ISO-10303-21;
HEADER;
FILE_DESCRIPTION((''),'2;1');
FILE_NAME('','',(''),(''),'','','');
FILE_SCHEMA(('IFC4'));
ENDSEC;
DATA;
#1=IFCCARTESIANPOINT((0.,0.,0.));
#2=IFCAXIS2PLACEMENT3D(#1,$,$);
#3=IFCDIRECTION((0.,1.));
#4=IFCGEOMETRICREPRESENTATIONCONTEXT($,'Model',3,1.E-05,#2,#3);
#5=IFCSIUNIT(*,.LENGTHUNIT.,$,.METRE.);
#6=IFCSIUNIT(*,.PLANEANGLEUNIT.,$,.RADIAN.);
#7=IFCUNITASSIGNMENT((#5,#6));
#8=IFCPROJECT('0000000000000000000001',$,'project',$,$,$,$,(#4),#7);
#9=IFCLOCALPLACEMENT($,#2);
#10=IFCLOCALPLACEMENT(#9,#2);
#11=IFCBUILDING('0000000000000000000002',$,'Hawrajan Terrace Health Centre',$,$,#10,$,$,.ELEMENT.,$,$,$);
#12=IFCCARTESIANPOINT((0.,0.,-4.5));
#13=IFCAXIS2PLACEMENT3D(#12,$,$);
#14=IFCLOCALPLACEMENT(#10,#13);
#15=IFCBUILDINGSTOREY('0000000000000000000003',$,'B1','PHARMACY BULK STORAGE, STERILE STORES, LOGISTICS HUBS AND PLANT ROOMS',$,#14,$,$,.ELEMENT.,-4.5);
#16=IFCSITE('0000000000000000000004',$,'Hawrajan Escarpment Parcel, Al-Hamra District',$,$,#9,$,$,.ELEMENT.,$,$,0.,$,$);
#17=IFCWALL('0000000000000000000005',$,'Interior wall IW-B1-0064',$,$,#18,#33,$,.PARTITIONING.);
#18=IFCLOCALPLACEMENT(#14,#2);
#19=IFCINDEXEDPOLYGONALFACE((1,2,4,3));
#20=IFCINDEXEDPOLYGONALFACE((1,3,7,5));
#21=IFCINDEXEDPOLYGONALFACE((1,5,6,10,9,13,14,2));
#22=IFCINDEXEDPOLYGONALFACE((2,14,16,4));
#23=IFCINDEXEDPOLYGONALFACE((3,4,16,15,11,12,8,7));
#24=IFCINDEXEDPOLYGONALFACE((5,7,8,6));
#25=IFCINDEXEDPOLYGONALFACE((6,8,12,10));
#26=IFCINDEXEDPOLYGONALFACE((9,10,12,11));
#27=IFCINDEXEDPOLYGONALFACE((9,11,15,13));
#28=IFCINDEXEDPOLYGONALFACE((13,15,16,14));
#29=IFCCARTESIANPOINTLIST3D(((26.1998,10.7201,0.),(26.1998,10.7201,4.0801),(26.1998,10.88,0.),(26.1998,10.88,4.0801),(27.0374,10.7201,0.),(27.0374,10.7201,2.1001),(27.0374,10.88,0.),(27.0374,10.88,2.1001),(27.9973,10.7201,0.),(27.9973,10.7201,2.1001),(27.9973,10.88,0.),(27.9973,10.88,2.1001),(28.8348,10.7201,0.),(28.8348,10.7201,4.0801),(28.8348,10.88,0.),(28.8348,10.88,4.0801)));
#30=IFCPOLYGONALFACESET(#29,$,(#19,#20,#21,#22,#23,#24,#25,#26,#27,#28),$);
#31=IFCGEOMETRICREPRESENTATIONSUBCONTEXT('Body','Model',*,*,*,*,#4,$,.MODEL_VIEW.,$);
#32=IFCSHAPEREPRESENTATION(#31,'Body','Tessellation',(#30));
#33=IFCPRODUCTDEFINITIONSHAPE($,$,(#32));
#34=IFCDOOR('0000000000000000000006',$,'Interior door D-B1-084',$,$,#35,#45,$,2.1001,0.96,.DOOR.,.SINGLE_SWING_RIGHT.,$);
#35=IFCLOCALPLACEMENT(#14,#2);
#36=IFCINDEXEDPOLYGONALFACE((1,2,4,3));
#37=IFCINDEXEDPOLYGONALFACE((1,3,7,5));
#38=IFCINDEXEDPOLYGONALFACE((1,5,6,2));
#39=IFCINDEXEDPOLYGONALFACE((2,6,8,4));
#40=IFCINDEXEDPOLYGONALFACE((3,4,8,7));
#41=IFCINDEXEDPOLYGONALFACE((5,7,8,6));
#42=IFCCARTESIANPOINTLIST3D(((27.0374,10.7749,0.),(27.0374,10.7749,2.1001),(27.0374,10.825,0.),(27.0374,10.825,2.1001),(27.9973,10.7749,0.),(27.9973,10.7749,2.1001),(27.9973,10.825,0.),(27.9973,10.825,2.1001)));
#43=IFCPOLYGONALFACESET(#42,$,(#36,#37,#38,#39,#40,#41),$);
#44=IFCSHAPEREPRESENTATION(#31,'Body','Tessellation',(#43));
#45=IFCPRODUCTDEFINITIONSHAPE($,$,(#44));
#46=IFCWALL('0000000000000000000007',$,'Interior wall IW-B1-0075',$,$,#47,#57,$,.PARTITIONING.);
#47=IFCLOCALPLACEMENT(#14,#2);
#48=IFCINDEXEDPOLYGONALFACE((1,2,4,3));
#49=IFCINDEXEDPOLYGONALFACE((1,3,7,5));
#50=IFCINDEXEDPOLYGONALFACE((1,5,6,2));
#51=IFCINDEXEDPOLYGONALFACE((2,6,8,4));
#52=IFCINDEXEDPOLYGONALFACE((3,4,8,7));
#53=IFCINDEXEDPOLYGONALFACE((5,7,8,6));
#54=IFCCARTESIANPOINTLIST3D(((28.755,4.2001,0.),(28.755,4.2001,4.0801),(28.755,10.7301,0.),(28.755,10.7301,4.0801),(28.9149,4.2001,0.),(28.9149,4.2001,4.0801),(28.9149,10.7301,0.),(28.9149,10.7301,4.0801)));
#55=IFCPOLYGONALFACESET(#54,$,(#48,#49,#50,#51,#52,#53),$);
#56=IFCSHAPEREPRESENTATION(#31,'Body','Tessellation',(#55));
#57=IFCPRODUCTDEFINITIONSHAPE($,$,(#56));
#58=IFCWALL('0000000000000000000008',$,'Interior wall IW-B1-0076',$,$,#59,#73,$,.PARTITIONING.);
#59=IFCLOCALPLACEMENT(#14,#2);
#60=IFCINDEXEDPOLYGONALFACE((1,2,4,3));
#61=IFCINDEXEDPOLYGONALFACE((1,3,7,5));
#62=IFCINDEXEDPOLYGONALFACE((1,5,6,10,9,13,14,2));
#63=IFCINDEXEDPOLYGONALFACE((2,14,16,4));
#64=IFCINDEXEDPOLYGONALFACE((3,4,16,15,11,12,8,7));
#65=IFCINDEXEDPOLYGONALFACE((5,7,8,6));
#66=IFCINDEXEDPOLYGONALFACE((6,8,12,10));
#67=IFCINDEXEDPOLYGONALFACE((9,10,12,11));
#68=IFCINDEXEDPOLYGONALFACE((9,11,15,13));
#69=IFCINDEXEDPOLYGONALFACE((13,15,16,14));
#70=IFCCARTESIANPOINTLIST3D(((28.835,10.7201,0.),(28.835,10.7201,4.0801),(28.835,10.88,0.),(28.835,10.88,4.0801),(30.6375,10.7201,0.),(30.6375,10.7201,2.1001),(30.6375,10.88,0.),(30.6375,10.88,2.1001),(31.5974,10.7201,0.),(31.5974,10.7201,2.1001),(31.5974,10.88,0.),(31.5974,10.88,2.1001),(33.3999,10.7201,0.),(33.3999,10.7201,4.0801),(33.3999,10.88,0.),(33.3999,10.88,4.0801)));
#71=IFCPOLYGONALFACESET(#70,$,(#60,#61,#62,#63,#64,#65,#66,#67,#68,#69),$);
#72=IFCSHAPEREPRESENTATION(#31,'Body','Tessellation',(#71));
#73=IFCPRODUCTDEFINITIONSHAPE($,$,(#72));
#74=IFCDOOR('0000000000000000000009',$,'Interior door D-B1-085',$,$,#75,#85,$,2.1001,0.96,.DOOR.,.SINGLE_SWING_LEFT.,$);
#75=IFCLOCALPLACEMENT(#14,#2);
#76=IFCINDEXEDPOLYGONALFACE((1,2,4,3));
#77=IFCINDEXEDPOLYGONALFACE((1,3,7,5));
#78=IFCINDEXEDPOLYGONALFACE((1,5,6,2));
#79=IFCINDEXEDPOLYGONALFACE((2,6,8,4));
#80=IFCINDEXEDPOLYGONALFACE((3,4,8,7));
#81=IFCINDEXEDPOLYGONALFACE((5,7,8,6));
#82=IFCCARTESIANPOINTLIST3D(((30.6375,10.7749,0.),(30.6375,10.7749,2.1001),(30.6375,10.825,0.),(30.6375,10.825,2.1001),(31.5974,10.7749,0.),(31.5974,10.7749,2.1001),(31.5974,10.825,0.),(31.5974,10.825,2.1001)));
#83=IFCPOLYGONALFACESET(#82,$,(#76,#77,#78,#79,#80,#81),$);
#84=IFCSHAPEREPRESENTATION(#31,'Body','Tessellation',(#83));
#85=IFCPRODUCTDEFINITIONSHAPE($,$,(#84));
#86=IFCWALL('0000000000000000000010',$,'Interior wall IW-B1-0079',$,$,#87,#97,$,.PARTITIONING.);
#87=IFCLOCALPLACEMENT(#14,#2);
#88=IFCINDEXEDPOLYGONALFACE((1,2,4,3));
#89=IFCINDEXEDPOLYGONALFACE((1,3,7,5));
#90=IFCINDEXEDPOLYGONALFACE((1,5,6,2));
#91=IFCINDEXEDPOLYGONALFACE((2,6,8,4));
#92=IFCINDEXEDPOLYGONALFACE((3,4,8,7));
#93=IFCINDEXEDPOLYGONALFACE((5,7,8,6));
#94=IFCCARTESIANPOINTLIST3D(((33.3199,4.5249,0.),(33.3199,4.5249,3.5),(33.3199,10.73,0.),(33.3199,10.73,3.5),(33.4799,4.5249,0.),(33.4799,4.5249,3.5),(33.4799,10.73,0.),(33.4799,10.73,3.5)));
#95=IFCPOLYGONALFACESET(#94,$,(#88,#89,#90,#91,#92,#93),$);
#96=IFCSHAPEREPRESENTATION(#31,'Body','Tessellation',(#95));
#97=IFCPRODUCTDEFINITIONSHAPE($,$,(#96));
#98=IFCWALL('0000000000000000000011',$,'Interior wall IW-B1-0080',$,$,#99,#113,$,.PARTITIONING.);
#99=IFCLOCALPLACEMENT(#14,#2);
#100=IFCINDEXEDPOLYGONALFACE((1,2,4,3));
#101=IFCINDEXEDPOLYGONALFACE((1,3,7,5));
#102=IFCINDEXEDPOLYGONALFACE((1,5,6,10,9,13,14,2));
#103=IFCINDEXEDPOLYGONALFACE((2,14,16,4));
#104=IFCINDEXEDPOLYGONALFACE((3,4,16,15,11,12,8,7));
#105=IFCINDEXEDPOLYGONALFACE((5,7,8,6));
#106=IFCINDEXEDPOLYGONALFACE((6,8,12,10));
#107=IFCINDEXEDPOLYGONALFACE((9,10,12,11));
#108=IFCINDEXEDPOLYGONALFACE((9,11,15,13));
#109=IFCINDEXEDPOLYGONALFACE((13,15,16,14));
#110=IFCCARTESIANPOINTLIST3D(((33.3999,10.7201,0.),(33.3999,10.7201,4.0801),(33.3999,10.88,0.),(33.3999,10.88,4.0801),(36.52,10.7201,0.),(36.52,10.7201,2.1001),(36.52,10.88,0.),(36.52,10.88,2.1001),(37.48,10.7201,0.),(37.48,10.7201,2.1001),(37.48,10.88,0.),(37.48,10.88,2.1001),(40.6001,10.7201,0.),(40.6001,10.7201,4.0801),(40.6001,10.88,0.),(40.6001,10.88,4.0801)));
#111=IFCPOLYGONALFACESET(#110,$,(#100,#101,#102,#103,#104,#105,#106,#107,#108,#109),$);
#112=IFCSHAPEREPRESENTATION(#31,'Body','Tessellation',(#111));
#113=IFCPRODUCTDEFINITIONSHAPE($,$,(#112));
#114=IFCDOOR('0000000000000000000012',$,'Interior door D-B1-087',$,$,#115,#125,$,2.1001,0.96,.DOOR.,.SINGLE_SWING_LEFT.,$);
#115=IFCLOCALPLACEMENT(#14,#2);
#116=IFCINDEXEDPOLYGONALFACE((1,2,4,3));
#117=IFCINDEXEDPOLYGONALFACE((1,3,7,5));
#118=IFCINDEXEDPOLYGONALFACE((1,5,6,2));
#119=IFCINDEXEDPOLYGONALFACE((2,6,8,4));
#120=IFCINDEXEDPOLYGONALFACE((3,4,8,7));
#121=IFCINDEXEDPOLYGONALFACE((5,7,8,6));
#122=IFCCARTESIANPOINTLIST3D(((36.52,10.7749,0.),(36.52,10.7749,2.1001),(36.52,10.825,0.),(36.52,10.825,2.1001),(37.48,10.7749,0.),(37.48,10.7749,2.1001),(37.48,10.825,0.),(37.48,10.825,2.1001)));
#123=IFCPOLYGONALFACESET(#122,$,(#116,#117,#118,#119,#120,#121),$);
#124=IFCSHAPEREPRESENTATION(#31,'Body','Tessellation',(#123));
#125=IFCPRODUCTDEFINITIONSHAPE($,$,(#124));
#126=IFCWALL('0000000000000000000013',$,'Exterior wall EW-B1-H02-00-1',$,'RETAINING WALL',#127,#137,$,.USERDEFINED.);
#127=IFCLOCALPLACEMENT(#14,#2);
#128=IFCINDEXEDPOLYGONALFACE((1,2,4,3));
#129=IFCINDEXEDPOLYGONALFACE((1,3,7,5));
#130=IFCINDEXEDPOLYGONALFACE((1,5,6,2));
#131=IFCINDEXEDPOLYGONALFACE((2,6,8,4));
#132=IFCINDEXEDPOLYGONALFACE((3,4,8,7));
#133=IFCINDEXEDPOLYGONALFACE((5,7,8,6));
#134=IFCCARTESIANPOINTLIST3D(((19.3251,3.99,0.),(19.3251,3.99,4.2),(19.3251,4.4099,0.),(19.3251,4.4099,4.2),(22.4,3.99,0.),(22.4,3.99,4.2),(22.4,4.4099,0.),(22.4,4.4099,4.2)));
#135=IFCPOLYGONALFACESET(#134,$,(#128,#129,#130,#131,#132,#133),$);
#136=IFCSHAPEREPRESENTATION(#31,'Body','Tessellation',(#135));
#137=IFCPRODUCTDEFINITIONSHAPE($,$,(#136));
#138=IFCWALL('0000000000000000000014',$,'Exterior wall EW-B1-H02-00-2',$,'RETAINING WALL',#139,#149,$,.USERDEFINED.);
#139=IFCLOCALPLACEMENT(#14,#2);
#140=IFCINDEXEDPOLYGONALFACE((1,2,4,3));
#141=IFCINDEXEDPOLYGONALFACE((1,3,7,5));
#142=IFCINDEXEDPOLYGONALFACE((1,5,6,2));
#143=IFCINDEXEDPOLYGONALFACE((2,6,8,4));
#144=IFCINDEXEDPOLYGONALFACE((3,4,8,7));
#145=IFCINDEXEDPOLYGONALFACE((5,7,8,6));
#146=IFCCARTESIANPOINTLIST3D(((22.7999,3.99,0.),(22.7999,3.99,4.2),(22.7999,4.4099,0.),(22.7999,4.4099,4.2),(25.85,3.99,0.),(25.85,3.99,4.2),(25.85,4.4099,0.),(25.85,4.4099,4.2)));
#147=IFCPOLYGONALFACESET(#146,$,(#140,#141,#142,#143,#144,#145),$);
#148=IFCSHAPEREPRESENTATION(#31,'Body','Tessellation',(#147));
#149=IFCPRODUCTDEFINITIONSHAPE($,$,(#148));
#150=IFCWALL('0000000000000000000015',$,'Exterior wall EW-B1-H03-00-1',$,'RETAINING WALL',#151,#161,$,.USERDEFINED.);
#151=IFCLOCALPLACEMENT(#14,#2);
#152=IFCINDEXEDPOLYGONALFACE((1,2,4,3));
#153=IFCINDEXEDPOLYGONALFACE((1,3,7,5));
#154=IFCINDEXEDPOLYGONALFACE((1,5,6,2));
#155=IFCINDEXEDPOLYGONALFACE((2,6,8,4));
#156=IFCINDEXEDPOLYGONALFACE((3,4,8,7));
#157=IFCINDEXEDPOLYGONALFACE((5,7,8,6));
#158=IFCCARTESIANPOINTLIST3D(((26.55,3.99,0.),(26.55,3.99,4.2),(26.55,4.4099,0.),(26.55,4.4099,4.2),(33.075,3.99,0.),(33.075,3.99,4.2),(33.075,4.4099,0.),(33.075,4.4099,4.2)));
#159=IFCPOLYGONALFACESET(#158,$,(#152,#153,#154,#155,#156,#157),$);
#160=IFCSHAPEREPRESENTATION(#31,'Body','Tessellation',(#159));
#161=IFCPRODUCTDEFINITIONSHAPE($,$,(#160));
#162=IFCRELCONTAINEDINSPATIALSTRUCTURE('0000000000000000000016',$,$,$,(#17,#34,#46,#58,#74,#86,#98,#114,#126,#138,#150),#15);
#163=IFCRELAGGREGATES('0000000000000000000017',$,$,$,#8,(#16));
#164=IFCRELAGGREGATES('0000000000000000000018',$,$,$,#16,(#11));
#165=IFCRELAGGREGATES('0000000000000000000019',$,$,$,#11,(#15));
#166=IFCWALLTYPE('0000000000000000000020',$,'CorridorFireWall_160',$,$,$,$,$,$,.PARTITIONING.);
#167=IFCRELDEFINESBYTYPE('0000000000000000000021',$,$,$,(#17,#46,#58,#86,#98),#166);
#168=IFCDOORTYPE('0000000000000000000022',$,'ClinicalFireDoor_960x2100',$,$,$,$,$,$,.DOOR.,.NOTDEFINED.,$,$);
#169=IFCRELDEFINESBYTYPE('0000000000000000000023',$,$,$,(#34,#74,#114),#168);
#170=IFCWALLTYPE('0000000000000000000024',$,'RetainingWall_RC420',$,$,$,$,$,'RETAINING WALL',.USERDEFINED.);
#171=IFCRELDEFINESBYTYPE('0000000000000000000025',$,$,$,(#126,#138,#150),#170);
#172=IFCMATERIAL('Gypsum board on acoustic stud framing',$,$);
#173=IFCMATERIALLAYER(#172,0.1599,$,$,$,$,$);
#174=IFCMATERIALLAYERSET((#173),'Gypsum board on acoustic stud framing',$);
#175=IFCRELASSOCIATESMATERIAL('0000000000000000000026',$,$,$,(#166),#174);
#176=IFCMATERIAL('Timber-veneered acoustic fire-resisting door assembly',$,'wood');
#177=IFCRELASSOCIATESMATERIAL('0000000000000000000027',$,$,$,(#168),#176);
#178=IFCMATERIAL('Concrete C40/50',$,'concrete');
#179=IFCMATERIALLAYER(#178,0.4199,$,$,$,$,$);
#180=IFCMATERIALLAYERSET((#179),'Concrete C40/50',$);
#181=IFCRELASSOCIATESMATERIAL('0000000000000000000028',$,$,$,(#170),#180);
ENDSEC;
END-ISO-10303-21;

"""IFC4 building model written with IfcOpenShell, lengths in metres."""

from ifc_helpers import new_model, si_unit, direction, frame, frame_2d, origin, place, context, subcontext, project, spatial, rectangle, extrude, material, layer, layer_set, type_object, element, fill, save


model = new_model("IFC4")

# Units and contexts
model_context = context("Model", 3, precision=1e-05, world=origin(), true_north=direction((0.0, 1.0)))
body_context = subcontext(model_context, "Body", "Model", "MODEL_VIEW")
ifc_project = project(units=[si_unit("LENGTHUNIT", "METRE"), si_unit("PLANEANGLEUNIT", "RADIAN")], contexts=[model_context])

# Site, building, storey
site_placement = place(None, origin())
site = spatial("IfcSite", under=ifc_project, at=site_placement, Name="Hawrajan Escarpment Parcel, Al-Hamra District", CompositionType="ELEMENT", RefElevation=0.0)
building_placement = place(site_placement, origin())
building = spatial("IfcBuilding", under=site, at=building_placement, Name="Hawrajan Terrace Health Centre", CompositionType="ELEMENT")
storey_placement = place(building_placement, frame((0.0, 0.0, -4.5)))
storey = spatial("IfcBuildingStorey", under=building, at=storey_placement, Name="B1", Description="PHARMACY BULK STORAGE, STERILE STORES, LOGISTICS HUBS AND PLANT ROOMS", CompositionType="ELEMENT", Elevation=-4.5)

# Shared definitions
ifc_material_1 = material(Name="Concrete C40/50", Category="concrete")

# Shared definitions
ifc_material_2 = material(Name="Gypsum board on acoustic stud framing")
ifc_layer_1 = layer(ifc_material_2, 0.1599)
ifc_layer_set_1 = layer_set([ifc_layer_1], Name="Gypsum board on acoustic stud framing")
wall_type_1 = type_object("IfcWallType", Name="CorridorFireWall_160", PredefinedType="PARTITIONING", material=ifc_layer_set_1)

# Shared definitions
ifc_material_3 = material(Name="Timber-veneered acoustic fire-resisting door assembly", Category="wood")
door_type = type_object("IfcDoorType", Name="ClinicalFireDoor_960x2100", OperationType="NOTDEFINED", PredefinedType="DOOR", material=ifc_material_3)

# Wall, opening, door
wall_1_placement = place(storey_placement, frame((26.2, 10.8, 0.0), z_axis=(0.0, 0.0, 1.0), x_axis=(1.0, 0.0, 0.0)))
wall_1 = element("IfcWall", 1, at=wall_1_placement, inside=storey, type_object=wall_type_1, Name="Interior wall IW-B1-0064", PredefinedType="PARTITIONING", context=body_context, shape_type="SweptSolid", body=[
    extrude(rectangle(XDim=2.635, YDim=0.1599, at=frame_2d((1.3174, 0.0))), origin(), (0.0, 0.0, 1.0), 4.0801),
])
opening_1_placement = place(wall_1_placement, frame((0.8374, 0.0, 0.0)))
opening_1 = element("IfcOpeningElement", 2, at=opening_1_placement, cuts=wall_1, PredefinedType="OPENING", context=body_context, shape_type="SweptSolid", body=[
    extrude(rectangle(XDim=0.96, YDim=2.1001, at=frame_2d((0.48, 1.05))), frame((0.0, 0.0898, 0.0), z_axis=(0.0, -1.0, 0.0), x_axis=(1.0, 0.0, 0.0)), (0.0, 0.0, 1.0), 0.1799),
])
door_1_placement = place(opening_1_placement, origin())
door_1 = element("IfcDoor", 3, at=door_1_placement, inside=storey, type_object=door_type, Name="Interior door D-B1-084", OperationType="SINGLE_SWING_RIGHT", OverallHeight=2.1001, OverallWidth=0.96, PredefinedType="DOOR", context=body_context, shape_type="SweptSolid", body=[
    extrude(rectangle(XDim=0.96, YDim=2.1001, at=frame_2d((0.48, 1.05))), frame((0.0, 0.0249, 0.0), z_axis=(0.0, -1.0, 0.0), x_axis=(1.0, 0.0, 0.0)), (0.0, 0.0, 1.0), 0.05),
])
fill(opening_1, door_1)

# Wall
wall_2_placement = place(storey_placement, frame((28.835, 4.2, 0.0), z_axis=(0.0, 0.0, 1.0), x_axis=(0.0, 1.0, 0.0)))
element("IfcWall", 4, at=wall_2_placement, inside=storey, type_object=wall_type_1, Name="Interior wall IW-B1-0075", PredefinedType="PARTITIONING", context=body_context, shape_type="SweptSolid", body=[
    extrude(rectangle(XDim=6.53, YDim=0.1599, at=frame_2d((3.2651, 0.0))), origin(), (0.0, 0.0, 1.0), 4.0801),
])

# Wall, opening, door
wall_3_placement = place(storey_placement, frame((28.835, 10.8, 0.0), z_axis=(0.0, 0.0, 1.0), x_axis=(1.0, 0.0, 0.0)))
wall_3 = element("IfcWall", 5, at=wall_3_placement, inside=storey, type_object=wall_type_1, Name="Interior wall IW-B1-0076", PredefinedType="PARTITIONING", context=body_context, shape_type="SweptSolid", body=[
    extrude(rectangle(XDim=4.5649, YDim=0.1599, at=frame_2d((2.2825, 0.0))), origin(), (0.0, 0.0, 1.0), 4.0801),
])
opening_2_placement = place(wall_3_placement, frame((1.8025, 0.0, 0.0)))
opening_2 = element("IfcOpeningElement", 6, at=opening_2_placement, cuts=wall_3, PredefinedType="OPENING", context=body_context, shape_type="SweptSolid", body=[
    extrude(rectangle(XDim=0.96, YDim=2.1001, at=frame_2d((0.48, 1.05))), frame((0.0, 0.0898, 0.0), z_axis=(0.0, -1.0, 0.0), x_axis=(1.0, 0.0, 0.0)), (0.0, 0.0, 1.0), 0.1799),
])
door_2_placement = place(opening_2_placement, origin())
door_2 = element("IfcDoor", 7, at=door_2_placement, inside=storey, type_object=door_type, Name="Interior door D-B1-085", OperationType="SINGLE_SWING_LEFT", OverallHeight=2.1001, OverallWidth=0.96, PredefinedType="DOOR", context=body_context, shape_type="SweptSolid", body=[
    extrude(rectangle(XDim=0.96, YDim=2.1001, at=frame_2d((0.48, 1.05))), frame((0.0, 0.0249, 0.0), z_axis=(0.0, -1.0, 0.0), x_axis=(1.0, 0.0, 0.0)), (0.0, 0.0, 1.0), 0.05),
])
fill(opening_2, door_2)

# Wall
wall_4_placement = place(storey_placement, frame((33.3999, 4.5249, 0.0), z_axis=(0.0, 0.0, 1.0), x_axis=(0.0, 1.0, 0.0)))
element("IfcWall", 8, at=wall_4_placement, inside=storey, type_object=wall_type_1, Name="Interior wall IW-B1-0079", PredefinedType="PARTITIONING", context=body_context, shape_type="SweptSolid", body=[
    extrude(rectangle(XDim=6.2051, YDim=0.1599, at=frame_2d((3.1025, 0.0))), origin(), (0.0, 0.0, 1.0), 3.5),
])

# Wall, opening, door
wall_5_placement = place(storey_placement, frame((33.3999, 10.8, 0.0), z_axis=(0.0, 0.0, 1.0), x_axis=(1.0, 0.0, 0.0)))
wall_5 = element("IfcWall", 9, at=wall_5_placement, inside=storey, type_object=wall_type_1, Name="Interior wall IW-B1-0080", PredefinedType="PARTITIONING", context=body_context, shape_type="SweptSolid", body=[
    extrude(rectangle(XDim=7.2002, YDim=0.1599, at=frame_2d((3.6001, 0.0))), origin(), (0.0, 0.0, 1.0), 4.0801),
])
opening_3_placement = place(wall_5_placement, frame((3.1201, 0.0, 0.0)))
opening_3 = element("IfcOpeningElement", 10, at=opening_3_placement, cuts=wall_5, PredefinedType="OPENING", context=body_context, shape_type="SweptSolid", body=[
    extrude(rectangle(XDim=0.96, YDim=2.1001, at=frame_2d((0.48, 1.05))), frame((0.0, 0.0898, 0.0), z_axis=(0.0, -1.0, 0.0), x_axis=(1.0, 0.0, 0.0)), (0.0, 0.0, 1.0), 0.1799),
])
door_3_placement = place(opening_3_placement, origin())
door_3 = element("IfcDoor", 11, at=door_3_placement, inside=storey, type_object=door_type, Name="Interior door D-B1-087", OperationType="SINGLE_SWING_LEFT", OverallHeight=2.1001, OverallWidth=0.96, PredefinedType="DOOR", context=body_context, shape_type="SweptSolid", body=[
    extrude(rectangle(XDim=0.96, YDim=2.1001, at=frame_2d((0.48, 1.05))), frame((0.0, 0.0249, 0.0), z_axis=(0.0, -1.0, 0.0), x_axis=(1.0, 0.0, 0.0)), (0.0, 0.0, 1.0), 0.05),
])
fill(opening_3, door_3)

# Walls
ifc_layer_2 = layer(ifc_material_1, 0.4199)
ifc_layer_set_2 = layer_set([ifc_layer_2], Name="Concrete C40/50")
wall_type_2 = type_object("IfcWallType", Name="RetainingWall_RC420", ElementType="RETAINING WALL", PredefinedType="USERDEFINED", material=ifc_layer_set_2)
wall_6_placement = place(storey_placement, frame((19.325, 4.2, 0.0), z_axis=(0.0, 0.0, 1.0), x_axis=(1.0, 0.0, 0.0)))
element("IfcWall", 12, at=wall_6_placement, inside=storey, type_object=wall_type_2, Name="Exterior wall EW-B1-H02-00-1", ObjectType="RETAINING WALL", PredefinedType="USERDEFINED", context=body_context, shape_type="SweptSolid", body=[
    extrude(rectangle(XDim=3.075, YDim=0.4199, at=frame_2d((1.5376, 0.0))), origin(), (0.0, 0.0, 1.0), 4.2),
])
wall_7_placement = place(storey_placement, frame((22.8, 4.2, 0.0), z_axis=(0.0, 0.0, 1.0), x_axis=(1.0, 0.0, 0.0)))
element("IfcWall", 13, at=wall_7_placement, inside=storey, type_object=wall_type_2, Name="Exterior wall EW-B1-H02-00-2", ObjectType="RETAINING WALL", PredefinedType="USERDEFINED", context=body_context, shape_type="SweptSolid", body=[
    extrude(rectangle(XDim=3.05, YDim=0.4199, at=frame_2d((1.5249, 0.0))), origin(), (0.0, 0.0, 1.0), 4.2),
])
wall_8_placement = place(storey_placement, frame((26.55, 4.2, 0.0), z_axis=(0.0, 0.0, 1.0), x_axis=(1.0, 0.0, 0.0)))
element("IfcWall", 14, at=wall_8_placement, inside=storey, type_object=wall_type_2, Name="Exterior wall EW-B1-H03-00-1", ObjectType="RETAINING WALL", PredefinedType="USERDEFINED", context=body_context, shape_type="SweptSolid", body=[
    extrude(rectangle(XDim=6.5249, YDim=0.4199, at=frame_2d((3.2625, 0.0))), origin(), (0.0, 0.0, 1.0), 4.2),
])

save(model, "model.ifc")
